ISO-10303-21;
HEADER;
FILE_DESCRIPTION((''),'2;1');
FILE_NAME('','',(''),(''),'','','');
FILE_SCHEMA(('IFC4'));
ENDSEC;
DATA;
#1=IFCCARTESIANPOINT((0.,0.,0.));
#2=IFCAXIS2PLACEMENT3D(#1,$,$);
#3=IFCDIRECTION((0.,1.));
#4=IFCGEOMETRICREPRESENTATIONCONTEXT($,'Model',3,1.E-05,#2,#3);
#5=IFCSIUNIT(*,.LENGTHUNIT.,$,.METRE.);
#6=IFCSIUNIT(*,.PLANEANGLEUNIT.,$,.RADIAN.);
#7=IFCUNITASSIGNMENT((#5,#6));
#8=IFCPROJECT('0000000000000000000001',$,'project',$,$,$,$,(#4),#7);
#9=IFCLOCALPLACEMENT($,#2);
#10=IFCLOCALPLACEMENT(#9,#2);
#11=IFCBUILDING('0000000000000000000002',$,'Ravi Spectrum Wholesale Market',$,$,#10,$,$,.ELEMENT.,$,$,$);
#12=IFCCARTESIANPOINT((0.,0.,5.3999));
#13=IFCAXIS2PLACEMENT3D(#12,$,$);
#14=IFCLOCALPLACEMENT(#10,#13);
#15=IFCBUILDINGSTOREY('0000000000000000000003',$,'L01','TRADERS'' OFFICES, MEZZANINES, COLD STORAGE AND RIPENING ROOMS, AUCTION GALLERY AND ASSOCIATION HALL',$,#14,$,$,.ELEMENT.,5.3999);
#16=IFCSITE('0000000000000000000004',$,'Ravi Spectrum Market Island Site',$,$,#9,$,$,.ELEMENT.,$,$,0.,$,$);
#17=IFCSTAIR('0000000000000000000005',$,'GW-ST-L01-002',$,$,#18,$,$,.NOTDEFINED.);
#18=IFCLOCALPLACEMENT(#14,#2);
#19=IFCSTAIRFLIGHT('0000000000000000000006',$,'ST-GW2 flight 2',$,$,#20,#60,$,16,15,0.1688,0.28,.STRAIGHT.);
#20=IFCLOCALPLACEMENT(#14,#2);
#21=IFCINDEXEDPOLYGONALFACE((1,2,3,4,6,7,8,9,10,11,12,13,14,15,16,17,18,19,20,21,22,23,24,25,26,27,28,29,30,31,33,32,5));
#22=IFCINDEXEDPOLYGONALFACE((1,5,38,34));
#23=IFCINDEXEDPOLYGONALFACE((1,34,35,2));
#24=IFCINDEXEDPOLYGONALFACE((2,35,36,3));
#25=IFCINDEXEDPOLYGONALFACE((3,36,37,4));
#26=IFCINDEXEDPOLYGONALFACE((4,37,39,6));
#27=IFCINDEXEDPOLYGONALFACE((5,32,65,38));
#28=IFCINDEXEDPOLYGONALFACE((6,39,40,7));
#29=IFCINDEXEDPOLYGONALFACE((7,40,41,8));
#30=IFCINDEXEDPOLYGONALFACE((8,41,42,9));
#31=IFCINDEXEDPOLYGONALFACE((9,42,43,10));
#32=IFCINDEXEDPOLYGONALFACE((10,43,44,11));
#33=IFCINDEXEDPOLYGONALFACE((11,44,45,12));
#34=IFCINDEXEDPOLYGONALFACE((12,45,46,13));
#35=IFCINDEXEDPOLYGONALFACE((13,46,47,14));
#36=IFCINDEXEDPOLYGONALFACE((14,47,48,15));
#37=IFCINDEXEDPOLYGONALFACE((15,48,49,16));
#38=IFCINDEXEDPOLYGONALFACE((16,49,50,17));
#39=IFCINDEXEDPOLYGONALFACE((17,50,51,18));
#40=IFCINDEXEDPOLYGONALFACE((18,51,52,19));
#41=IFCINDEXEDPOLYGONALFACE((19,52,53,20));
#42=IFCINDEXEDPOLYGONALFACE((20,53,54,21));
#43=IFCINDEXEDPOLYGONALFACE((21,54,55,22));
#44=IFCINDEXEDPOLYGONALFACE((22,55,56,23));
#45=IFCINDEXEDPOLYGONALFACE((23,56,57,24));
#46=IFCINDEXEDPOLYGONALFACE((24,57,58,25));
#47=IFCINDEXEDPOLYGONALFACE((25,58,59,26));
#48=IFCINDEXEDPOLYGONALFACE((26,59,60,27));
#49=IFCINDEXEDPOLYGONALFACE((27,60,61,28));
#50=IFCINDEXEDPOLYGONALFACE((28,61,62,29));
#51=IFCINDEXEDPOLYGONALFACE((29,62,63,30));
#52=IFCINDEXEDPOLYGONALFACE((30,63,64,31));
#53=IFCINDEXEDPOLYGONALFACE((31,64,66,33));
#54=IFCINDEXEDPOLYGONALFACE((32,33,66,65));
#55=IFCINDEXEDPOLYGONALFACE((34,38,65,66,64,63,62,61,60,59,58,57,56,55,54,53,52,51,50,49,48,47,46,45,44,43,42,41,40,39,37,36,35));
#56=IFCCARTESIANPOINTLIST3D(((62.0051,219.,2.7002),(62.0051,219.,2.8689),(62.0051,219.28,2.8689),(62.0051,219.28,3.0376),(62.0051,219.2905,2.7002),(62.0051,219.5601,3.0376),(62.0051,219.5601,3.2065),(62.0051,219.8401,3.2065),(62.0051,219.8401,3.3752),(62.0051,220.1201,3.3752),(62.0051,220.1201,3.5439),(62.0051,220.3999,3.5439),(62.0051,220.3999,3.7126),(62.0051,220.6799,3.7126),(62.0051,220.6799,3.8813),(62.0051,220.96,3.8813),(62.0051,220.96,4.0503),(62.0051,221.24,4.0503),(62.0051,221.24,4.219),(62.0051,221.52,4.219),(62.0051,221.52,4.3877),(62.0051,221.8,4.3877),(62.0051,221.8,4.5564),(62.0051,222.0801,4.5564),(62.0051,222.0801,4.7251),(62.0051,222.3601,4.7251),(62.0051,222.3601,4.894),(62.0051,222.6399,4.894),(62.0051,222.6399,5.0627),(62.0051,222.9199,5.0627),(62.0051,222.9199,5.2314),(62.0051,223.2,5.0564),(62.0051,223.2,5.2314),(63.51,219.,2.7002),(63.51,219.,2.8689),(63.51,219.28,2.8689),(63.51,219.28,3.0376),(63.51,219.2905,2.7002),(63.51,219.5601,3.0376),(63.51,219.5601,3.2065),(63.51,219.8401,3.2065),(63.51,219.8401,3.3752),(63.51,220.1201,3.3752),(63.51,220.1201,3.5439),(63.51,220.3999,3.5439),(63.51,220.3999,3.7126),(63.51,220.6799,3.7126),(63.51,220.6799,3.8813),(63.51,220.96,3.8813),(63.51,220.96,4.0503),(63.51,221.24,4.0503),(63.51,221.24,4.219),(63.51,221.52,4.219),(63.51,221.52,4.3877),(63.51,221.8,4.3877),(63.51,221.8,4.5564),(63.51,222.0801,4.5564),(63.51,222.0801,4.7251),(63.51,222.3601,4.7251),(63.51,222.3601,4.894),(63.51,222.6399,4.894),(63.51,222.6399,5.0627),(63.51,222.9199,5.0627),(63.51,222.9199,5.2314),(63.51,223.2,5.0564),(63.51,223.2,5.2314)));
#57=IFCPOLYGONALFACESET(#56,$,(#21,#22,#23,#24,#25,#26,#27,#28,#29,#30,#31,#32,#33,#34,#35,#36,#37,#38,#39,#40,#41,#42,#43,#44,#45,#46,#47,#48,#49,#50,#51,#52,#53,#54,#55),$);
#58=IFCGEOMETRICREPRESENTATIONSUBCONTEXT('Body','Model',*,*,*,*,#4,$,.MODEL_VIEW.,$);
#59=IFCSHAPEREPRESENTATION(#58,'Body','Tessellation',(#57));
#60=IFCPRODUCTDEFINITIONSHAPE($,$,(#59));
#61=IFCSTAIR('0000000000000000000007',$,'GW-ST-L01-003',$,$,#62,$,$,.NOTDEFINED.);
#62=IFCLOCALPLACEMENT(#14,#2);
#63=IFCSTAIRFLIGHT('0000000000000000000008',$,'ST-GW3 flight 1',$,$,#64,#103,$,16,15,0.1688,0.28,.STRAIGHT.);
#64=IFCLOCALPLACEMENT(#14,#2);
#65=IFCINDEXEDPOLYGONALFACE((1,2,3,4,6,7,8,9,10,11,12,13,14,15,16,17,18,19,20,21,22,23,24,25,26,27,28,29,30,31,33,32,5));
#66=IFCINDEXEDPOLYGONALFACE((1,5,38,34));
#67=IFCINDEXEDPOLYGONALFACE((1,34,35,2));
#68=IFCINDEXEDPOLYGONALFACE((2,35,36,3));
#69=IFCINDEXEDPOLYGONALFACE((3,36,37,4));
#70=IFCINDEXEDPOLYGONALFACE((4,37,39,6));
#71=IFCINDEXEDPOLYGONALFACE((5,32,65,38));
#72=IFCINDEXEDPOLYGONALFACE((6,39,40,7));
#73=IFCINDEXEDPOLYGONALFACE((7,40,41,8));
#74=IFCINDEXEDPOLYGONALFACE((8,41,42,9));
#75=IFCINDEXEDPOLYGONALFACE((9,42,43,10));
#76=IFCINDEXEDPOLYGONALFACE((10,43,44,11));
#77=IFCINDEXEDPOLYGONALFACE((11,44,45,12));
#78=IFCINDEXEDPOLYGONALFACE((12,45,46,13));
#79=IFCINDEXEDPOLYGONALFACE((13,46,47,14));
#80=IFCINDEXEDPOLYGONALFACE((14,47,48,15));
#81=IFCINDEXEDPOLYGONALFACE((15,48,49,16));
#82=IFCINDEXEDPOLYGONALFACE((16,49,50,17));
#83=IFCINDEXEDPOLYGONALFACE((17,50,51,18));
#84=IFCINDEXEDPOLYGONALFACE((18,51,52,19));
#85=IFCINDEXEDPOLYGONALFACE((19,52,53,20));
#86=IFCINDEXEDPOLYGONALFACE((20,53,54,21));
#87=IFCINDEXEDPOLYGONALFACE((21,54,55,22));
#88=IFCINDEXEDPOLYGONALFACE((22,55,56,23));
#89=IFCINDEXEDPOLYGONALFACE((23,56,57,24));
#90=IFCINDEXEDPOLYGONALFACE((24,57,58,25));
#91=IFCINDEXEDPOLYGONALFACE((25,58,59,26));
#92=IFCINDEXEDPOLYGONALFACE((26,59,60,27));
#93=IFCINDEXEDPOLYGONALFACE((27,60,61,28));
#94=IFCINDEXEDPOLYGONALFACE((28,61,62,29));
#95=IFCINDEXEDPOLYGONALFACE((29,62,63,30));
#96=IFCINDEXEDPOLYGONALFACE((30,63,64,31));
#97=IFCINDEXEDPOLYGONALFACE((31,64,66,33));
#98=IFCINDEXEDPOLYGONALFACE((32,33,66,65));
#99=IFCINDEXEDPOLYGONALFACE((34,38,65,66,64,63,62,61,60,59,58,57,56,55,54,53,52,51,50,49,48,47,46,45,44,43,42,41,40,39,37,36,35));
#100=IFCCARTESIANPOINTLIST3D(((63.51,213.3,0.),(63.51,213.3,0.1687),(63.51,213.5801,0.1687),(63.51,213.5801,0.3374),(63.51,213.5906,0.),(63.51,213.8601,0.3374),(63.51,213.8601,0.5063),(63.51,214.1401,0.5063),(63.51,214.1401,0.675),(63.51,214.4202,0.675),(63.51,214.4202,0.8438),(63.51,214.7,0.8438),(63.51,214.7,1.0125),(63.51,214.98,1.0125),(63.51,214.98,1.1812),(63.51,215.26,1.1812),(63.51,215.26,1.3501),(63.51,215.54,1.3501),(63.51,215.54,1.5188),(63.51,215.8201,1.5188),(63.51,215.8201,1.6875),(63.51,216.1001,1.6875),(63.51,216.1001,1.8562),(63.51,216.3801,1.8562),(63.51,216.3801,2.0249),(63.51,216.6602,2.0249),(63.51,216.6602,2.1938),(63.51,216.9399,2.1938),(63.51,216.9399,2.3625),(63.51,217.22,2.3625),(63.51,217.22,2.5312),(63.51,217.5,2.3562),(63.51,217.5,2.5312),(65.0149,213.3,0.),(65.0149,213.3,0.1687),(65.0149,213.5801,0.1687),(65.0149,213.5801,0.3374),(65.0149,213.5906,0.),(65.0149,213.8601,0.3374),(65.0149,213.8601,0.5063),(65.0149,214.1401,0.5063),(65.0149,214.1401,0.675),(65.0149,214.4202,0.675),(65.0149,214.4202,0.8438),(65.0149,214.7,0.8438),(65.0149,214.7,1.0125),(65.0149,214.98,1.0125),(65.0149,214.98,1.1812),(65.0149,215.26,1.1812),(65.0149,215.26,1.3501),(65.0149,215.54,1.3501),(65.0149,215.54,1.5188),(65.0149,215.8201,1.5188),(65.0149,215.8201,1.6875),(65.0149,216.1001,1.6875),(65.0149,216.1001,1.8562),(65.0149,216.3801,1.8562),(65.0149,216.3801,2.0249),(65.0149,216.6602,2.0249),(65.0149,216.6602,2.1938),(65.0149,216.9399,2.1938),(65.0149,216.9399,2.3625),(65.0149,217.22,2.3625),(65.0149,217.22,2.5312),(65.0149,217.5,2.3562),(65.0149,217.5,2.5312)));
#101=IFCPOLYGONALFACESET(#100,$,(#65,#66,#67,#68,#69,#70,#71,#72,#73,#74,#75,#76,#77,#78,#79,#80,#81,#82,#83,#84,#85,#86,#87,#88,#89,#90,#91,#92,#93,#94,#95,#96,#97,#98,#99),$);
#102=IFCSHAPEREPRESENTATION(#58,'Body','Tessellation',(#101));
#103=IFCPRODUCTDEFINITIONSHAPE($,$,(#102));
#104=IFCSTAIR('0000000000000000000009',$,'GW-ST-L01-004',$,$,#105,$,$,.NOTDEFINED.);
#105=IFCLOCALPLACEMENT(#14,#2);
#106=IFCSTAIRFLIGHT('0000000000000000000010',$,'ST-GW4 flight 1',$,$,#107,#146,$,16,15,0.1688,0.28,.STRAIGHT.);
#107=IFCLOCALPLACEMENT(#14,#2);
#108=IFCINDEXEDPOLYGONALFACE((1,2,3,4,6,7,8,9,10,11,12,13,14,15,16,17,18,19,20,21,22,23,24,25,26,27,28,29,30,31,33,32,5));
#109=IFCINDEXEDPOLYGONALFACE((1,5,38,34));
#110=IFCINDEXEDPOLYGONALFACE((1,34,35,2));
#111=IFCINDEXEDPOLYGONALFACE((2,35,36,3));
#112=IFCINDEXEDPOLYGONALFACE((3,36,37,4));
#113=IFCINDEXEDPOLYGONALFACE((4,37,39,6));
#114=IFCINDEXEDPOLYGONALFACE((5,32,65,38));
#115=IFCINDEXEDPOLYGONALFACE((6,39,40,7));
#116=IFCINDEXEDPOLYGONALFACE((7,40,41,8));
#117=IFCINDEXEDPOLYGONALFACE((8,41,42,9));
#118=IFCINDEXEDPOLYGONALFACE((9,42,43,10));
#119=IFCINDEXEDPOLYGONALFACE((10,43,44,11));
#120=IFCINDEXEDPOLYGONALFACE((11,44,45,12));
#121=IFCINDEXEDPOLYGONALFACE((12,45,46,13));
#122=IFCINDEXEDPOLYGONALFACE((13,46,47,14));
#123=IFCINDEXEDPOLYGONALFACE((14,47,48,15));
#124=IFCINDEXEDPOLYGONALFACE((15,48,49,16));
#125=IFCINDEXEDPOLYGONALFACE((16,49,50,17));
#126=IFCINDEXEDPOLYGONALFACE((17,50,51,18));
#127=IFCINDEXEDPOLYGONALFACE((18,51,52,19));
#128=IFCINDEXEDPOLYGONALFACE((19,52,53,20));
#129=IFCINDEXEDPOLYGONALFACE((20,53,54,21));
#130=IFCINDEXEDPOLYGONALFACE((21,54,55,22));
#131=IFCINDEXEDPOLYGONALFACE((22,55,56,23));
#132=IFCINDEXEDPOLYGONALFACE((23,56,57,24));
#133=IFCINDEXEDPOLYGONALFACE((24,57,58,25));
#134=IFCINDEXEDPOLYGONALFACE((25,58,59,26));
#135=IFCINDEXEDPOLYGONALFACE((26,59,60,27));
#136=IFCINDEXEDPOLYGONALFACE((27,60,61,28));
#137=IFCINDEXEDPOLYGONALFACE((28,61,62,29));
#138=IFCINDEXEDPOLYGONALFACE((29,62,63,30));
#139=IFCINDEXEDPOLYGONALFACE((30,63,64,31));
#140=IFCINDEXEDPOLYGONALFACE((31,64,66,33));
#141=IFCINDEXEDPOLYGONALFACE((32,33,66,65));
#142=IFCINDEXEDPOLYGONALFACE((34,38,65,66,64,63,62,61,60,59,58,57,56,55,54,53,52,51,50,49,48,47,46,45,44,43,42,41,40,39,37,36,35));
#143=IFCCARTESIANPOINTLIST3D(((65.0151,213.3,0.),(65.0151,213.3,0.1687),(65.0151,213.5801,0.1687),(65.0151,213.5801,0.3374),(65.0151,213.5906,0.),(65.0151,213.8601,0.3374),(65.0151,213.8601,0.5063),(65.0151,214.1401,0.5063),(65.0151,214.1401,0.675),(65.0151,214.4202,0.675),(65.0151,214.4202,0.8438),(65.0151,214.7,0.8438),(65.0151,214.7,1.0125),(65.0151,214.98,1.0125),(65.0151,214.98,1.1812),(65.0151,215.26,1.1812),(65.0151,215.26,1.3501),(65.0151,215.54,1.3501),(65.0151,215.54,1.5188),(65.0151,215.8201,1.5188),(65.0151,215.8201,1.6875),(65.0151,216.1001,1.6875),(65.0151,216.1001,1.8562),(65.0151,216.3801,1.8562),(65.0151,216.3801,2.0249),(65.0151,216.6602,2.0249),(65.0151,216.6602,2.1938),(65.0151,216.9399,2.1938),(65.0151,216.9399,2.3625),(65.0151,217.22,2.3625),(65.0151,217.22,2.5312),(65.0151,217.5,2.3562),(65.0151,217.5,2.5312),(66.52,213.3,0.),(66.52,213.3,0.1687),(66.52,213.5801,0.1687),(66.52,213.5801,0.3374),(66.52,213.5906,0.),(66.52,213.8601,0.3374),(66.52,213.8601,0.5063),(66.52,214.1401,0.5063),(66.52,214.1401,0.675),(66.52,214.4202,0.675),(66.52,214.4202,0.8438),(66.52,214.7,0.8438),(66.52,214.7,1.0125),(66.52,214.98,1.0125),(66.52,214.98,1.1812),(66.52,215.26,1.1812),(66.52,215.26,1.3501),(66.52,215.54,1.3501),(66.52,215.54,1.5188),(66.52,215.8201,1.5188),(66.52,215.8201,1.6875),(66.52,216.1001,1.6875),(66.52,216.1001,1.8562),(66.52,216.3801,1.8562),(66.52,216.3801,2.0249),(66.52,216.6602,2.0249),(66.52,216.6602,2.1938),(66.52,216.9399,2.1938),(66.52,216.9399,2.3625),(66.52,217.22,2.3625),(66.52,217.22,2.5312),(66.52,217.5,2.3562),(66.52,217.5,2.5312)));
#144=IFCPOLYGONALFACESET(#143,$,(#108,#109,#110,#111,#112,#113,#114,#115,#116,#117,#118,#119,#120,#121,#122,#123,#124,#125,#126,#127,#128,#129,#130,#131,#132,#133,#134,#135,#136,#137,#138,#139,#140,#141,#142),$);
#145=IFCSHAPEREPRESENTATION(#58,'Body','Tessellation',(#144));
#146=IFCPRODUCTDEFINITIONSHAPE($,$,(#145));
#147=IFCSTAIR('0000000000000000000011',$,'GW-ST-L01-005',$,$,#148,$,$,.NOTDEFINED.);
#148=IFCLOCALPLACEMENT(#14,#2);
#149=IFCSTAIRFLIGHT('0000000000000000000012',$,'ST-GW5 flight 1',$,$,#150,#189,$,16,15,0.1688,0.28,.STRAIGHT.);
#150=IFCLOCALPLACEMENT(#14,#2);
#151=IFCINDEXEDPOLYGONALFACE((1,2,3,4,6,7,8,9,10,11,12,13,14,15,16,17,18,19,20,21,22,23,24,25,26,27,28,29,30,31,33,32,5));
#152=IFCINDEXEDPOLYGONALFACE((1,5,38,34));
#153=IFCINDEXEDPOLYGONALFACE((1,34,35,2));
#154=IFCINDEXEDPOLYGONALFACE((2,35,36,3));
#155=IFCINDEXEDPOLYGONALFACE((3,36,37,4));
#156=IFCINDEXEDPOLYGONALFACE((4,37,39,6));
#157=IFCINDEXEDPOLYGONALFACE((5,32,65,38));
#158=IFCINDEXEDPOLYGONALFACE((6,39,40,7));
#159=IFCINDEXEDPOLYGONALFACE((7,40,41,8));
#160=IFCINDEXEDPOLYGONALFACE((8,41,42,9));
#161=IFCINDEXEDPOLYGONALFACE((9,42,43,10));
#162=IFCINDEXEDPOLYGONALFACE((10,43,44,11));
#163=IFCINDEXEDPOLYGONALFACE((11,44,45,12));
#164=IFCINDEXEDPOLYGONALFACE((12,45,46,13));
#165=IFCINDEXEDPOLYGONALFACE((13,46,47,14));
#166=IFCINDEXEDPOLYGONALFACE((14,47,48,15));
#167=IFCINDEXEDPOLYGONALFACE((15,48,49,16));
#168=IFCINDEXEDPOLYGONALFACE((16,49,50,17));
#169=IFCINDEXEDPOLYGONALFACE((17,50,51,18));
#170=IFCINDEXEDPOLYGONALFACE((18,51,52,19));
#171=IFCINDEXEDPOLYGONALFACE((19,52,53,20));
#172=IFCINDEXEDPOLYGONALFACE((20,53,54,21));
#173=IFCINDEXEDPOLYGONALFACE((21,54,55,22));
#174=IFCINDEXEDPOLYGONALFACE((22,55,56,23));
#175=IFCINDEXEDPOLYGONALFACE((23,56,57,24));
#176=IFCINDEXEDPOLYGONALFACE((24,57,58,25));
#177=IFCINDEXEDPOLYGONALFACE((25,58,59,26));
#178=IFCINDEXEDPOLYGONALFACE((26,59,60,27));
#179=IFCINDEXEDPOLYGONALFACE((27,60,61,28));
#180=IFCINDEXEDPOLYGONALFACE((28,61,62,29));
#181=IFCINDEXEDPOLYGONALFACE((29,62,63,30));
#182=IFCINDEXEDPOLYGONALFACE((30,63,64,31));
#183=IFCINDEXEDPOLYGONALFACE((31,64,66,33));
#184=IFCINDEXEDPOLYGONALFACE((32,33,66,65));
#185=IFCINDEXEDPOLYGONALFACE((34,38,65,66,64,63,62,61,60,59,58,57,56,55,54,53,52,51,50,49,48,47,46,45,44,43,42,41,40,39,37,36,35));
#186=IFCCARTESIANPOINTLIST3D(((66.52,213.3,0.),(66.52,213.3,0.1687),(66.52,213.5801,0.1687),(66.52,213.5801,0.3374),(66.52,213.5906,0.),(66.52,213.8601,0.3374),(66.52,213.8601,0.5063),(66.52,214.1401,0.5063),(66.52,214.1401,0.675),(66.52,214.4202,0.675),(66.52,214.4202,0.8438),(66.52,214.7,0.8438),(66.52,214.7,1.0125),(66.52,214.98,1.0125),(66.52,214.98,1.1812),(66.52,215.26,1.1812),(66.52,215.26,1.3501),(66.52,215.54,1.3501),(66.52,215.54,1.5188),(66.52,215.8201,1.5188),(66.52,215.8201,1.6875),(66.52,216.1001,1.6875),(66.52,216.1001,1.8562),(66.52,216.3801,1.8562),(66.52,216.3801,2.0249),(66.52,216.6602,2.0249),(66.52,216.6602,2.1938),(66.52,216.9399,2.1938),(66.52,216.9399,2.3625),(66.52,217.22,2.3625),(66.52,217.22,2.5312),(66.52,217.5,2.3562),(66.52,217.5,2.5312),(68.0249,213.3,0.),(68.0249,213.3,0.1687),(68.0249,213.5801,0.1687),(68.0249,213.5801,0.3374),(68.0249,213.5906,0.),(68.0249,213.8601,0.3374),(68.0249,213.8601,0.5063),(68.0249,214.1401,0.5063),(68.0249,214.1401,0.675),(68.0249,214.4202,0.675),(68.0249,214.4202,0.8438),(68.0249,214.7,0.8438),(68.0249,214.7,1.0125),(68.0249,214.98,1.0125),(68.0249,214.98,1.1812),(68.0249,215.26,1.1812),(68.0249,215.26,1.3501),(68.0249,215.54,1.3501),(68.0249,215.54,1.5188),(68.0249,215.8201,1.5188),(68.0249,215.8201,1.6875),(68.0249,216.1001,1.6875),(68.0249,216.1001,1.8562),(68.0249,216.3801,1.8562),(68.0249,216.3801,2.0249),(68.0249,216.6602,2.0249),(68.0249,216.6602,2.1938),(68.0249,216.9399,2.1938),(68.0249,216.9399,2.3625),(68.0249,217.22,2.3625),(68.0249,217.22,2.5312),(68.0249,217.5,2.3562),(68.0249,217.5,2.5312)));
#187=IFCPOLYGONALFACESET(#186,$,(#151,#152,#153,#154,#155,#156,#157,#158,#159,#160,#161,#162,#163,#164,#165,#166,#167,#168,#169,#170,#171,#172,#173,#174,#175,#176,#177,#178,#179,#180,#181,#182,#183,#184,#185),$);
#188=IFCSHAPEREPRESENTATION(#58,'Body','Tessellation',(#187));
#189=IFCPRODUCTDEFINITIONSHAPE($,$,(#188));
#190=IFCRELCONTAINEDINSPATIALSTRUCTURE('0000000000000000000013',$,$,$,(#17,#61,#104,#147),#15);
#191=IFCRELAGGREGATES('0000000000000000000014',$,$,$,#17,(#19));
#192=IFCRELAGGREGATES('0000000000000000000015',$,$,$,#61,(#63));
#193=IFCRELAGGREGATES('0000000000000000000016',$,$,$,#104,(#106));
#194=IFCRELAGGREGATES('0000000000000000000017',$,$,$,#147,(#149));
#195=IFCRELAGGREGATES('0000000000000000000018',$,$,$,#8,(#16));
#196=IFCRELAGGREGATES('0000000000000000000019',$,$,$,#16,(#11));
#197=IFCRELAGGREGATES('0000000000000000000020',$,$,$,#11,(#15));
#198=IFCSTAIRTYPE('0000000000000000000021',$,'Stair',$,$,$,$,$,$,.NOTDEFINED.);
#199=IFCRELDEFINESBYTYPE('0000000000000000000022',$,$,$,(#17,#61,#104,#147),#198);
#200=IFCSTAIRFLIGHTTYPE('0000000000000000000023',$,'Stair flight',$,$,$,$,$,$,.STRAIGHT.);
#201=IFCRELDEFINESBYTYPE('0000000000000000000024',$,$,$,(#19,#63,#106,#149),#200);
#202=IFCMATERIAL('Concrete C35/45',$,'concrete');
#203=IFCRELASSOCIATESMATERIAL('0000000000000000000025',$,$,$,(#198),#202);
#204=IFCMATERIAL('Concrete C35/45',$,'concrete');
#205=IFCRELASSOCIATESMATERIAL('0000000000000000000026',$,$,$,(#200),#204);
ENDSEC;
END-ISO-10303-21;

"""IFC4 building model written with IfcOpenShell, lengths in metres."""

from ifc_helpers import new_model, si_unit, direction, frame, origin, place, context, subcontext, project, spatial, polyline, outline, extrude, material, type_object, element, aggregate, save


model = new_model("IFC4")

# Units and contexts
model_context = context("Model", 3, precision=1e-05, world=origin(), true_north=direction((0.0, 1.0)))
body_context = subcontext(model_context, "Body", "Model", "MODEL_VIEW")
ifc_project = project(units=[si_unit("LENGTHUNIT", "METRE"), si_unit("PLANEANGLEUNIT", "RADIAN")], contexts=[model_context])

# Site, building, storey
site_placement = place(None, origin())
site = spatial("IfcSite", under=ifc_project, at=site_placement, Name="Ravi Spectrum Market Island Site", CompositionType="ELEMENT", RefElevation=0.0)
building_placement = place(site_placement, origin())
building = spatial("IfcBuilding", under=site, at=building_placement, Name="Ravi Spectrum Wholesale Market", CompositionType="ELEMENT")
storey_placement = place(building_placement, frame((0.0, 0.0, 5.3999)))
storey = spatial("IfcBuildingStorey", under=building, at=storey_placement, Name="L01", Description="TRADERS' OFFICES, MEZZANINES, COLD STORAGE AND RIPENING ROOMS, AUCTION GALLERY AND ASSOCIATION HALL", CompositionType="ELEMENT", Elevation=5.3999)

# Stair, stair flight
ifc_material_1 = material(Name="Concrete C35/45", Category="concrete")
stair_type = type_object("IfcStairType", Name="Stair", PredefinedType="NOTDEFINED", material=ifc_material_1)
ifc_material_2 = material(Name="Concrete C35/45", Category="concrete")
stair_flight_type = type_object("IfcStairFlightType", Name="Stair flight", PredefinedType="STRAIGHT", material=ifc_material_2)
stair_1_placement = place(storey_placement, origin())
stair_1 = element("IfcStair", 1, at=stair_1_placement, inside=storey, type_object=stair_type, Name="GW-ST-L01-002", PredefinedType="NOTDEFINED")
stair_flight_1_placement = place(storey_placement, frame((62.7576, 219.0, 2.7002), z_axis=(0.0, 0.0, 1.0), x_axis=(0.0, 1.0, 0.0)))
stair_flight_1 = element("IfcStairFlight", 2, at=stair_flight_1_placement, type_object=stair_flight_type, Name="ST-GW2 flight 2", NumberOfRisers=16, NumberOfTreads=15, PredefinedType="STRAIGHT", RiserHeight=0.1688, TreadLength=0.28, context=body_context, shape_type="SweptSolid", body=[
    extrude(outline(polyline([(0.0, 0.0), (0.0, 0.1687), (0.28, 0.1687), (0.28, 0.3374), (0.5601, 0.3374), (0.5601, 0.5063), (0.8401, 0.5063), (0.8401, 0.675), (1.1201, 0.675), (1.1201, 0.8438), (1.3999, 0.8438), (1.3999, 1.0125), (1.6799, 1.0125), (1.6799, 1.1812), (1.96, 1.1812), (1.96, 1.3501), (2.24, 1.3501), (2.24, 1.5188), (2.52, 1.5188), (2.52, 1.6875), (2.8, 1.6875), (2.8, 1.8562), (3.0801, 1.8562), (3.0801, 2.0249), (3.3601, 2.0249), (3.3601, 2.1938), (3.6399, 2.1938), (3.6399, 2.3625), (3.9199, 2.3625), (3.9199, 2.5312), (4.2, 2.5312), (4.2, 2.7), (4.2, 2.3562), (0.2905, 0.0), (0.0, 0.0)])), frame((0.0, 0.7524, 0.0), z_axis=(0.0, -1.0, 0.0), x_axis=(1.0, 0.0, 0.0)), (0.0, 0.0, 1.0), 1.5049),
])
aggregate(stair_1, [stair_flight_1])

# Stairs, stair flights
stair_2_placement = place(storey_placement, origin())
stair_2 = element("IfcStair", 3, at=stair_2_placement, inside=storey, type_object=stair_type, Name="GW-ST-L01-003", PredefinedType="NOTDEFINED")
stair_flight_2_placement = place(storey_placement, frame((64.2625, 213.3, 0.0), z_axis=(0.0, 0.0, 1.0), x_axis=(0.0, 1.0, 0.0)))
stair_flight_2 = element("IfcStairFlight", 4, at=stair_flight_2_placement, type_object=stair_flight_type, Name="ST-GW3 flight 1", NumberOfRisers=16, NumberOfTreads=15, PredefinedType="STRAIGHT", RiserHeight=0.1688, TreadLength=0.28, context=body_context, shape_type="SweptSolid", body=[
    extrude(outline(polyline([(0.0, 0.0), (0.0, 0.1687), (0.28, 0.1687), (0.28, 0.3374), (0.5601, 0.3374), (0.5601, 0.5063), (0.8401, 0.5063), (0.8401, 0.675), (1.1201, 0.675), (1.1201, 0.8438), (1.3999, 0.8438), (1.3999, 1.0125), (1.6799, 1.0125), (1.6799, 1.1812), (1.96, 1.1812), (1.96, 1.3501), (2.24, 1.3501), (2.24, 1.5188), (2.52, 1.5188), (2.52, 1.6875), (2.8, 1.6875), (2.8, 1.8562), (3.0801, 1.8562), (3.0801, 2.0249), (3.3601, 2.0249), (3.3601, 2.1938), (3.6399, 2.1938), (3.6399, 2.3625), (3.9199, 2.3625), (3.9199, 2.5312), (4.2, 2.5312), (4.2, 2.7), (4.2, 2.3562), (0.2905, 0.0), (0.0, 0.0)])), frame((0.0, 0.7524, 0.0), z_axis=(0.0, -1.0, 0.0), x_axis=(1.0, 0.0, 0.0)), (0.0, 0.0, 1.0), 1.5049),
])
aggregate(stair_2, [stair_flight_2])
stair_3_placement = place(storey_placement, origin())
stair_3 = element("IfcStair", 5, at=stair_3_placement, inside=storey, type_object=stair_type, Name="GW-ST-L01-004", PredefinedType="NOTDEFINED")
stair_flight_3_placement = place(storey_placement, frame((65.7676, 213.3, 0.0), z_axis=(0.0, 0.0, 1.0), x_axis=(0.0, 1.0, 0.0)))
stair_flight_3 = element("IfcStairFlight", 6, at=stair_flight_3_placement, type_object=stair_flight_type, Name="ST-GW4 flight 1", NumberOfRisers=16, NumberOfTreads=15, PredefinedType="STRAIGHT", RiserHeight=0.1688, TreadLength=0.28, context=body_context, shape_type="SweptSolid", body=[
    extrude(outline(polyline([(0.0, 0.0), (0.0, 0.1687), (0.28, 0.1687), (0.28, 0.3374), (0.5601, 0.3374), (0.5601, 0.5063), (0.8401, 0.5063), (0.8401, 0.675), (1.1201, 0.675), (1.1201, 0.8438), (1.3999, 0.8438), (1.3999, 1.0125), (1.6799, 1.0125), (1.6799, 1.1812), (1.96, 1.1812), (1.96, 1.3501), (2.24, 1.3501), (2.24, 1.5188), (2.52, 1.5188), (2.52, 1.6875), (2.8, 1.6875), (2.8, 1.8562), (3.0801, 1.8562), (3.0801, 2.0249), (3.3601, 2.0249), (3.3601, 2.1938), (3.6399, 2.1938), (3.6399, 2.3625), (3.9199, 2.3625), (3.9199, 2.5312), (4.2, 2.5312), (4.2, 2.7), (4.2, 2.3562), (0.2905, 0.0), (0.0, 0.0)])), frame((0.0, 0.7524, 0.0), z_axis=(0.0, -1.0, 0.0), x_axis=(1.0, 0.0, 0.0)), (0.0, 0.0, 1.0), 1.5049),
])
aggregate(stair_3, [stair_flight_3])
stair_4_placement = place(storey_placement, origin())
stair_4 = element("IfcStair", 7, at=stair_4_placement, inside=storey, type_object=stair_type, Name="GW-ST-L01-005", PredefinedType="NOTDEFINED")
stair_flight_4_placement = place(storey_placement, frame((67.2725, 213.3, 0.0), z_axis=(0.0, 0.0, 1.0), x_axis=(0.0, 1.0, 0.0)))
stair_flight_4 = element("IfcStairFlight", 8, at=stair_flight_4_placement, type_object=stair_flight_type, Name="ST-GW5 flight 1", NumberOfRisers=16, NumberOfTreads=15, PredefinedType="STRAIGHT", RiserHeight=0.1688, TreadLength=0.28, context=body_context, shape_type="SweptSolid", body=[
    extrude(outline(polyline([(0.0, 0.0), (0.0, 0.1687), (0.28, 0.1687), (0.28, 0.3374), (0.5601, 0.3374), (0.5601, 0.5063), (0.8401, 0.5063), (0.8401, 0.675), (1.1201, 0.675), (1.1201, 0.8438), (1.3999, 0.8438), (1.3999, 1.0125), (1.6799, 1.0125), (1.6799, 1.1812), (1.96, 1.1812), (1.96, 1.3501), (2.24, 1.3501), (2.24, 1.5188), (2.52, 1.5188), (2.52, 1.6875), (2.8, 1.6875), (2.8, 1.8562), (3.0801, 1.8562), (3.0801, 2.0249), (3.3601, 2.0249), (3.3601, 2.1938), (3.6399, 2.1938), (3.6399, 2.3625), (3.9199, 2.3625), (3.9199, 2.5312), (4.2, 2.5312), (4.2, 2.7), (4.2, 2.3562), (0.2905, 0.0), (0.0, 0.0)])), frame((0.0, 0.7524, 0.0), z_axis=(0.0, -1.0, 0.0), x_axis=(1.0, 0.0, 0.0)), (0.0, 0.0, 1.0), 1.5049),
])
aggregate(stair_4, [stair_flight_4])

save(model, "model.ifc")
